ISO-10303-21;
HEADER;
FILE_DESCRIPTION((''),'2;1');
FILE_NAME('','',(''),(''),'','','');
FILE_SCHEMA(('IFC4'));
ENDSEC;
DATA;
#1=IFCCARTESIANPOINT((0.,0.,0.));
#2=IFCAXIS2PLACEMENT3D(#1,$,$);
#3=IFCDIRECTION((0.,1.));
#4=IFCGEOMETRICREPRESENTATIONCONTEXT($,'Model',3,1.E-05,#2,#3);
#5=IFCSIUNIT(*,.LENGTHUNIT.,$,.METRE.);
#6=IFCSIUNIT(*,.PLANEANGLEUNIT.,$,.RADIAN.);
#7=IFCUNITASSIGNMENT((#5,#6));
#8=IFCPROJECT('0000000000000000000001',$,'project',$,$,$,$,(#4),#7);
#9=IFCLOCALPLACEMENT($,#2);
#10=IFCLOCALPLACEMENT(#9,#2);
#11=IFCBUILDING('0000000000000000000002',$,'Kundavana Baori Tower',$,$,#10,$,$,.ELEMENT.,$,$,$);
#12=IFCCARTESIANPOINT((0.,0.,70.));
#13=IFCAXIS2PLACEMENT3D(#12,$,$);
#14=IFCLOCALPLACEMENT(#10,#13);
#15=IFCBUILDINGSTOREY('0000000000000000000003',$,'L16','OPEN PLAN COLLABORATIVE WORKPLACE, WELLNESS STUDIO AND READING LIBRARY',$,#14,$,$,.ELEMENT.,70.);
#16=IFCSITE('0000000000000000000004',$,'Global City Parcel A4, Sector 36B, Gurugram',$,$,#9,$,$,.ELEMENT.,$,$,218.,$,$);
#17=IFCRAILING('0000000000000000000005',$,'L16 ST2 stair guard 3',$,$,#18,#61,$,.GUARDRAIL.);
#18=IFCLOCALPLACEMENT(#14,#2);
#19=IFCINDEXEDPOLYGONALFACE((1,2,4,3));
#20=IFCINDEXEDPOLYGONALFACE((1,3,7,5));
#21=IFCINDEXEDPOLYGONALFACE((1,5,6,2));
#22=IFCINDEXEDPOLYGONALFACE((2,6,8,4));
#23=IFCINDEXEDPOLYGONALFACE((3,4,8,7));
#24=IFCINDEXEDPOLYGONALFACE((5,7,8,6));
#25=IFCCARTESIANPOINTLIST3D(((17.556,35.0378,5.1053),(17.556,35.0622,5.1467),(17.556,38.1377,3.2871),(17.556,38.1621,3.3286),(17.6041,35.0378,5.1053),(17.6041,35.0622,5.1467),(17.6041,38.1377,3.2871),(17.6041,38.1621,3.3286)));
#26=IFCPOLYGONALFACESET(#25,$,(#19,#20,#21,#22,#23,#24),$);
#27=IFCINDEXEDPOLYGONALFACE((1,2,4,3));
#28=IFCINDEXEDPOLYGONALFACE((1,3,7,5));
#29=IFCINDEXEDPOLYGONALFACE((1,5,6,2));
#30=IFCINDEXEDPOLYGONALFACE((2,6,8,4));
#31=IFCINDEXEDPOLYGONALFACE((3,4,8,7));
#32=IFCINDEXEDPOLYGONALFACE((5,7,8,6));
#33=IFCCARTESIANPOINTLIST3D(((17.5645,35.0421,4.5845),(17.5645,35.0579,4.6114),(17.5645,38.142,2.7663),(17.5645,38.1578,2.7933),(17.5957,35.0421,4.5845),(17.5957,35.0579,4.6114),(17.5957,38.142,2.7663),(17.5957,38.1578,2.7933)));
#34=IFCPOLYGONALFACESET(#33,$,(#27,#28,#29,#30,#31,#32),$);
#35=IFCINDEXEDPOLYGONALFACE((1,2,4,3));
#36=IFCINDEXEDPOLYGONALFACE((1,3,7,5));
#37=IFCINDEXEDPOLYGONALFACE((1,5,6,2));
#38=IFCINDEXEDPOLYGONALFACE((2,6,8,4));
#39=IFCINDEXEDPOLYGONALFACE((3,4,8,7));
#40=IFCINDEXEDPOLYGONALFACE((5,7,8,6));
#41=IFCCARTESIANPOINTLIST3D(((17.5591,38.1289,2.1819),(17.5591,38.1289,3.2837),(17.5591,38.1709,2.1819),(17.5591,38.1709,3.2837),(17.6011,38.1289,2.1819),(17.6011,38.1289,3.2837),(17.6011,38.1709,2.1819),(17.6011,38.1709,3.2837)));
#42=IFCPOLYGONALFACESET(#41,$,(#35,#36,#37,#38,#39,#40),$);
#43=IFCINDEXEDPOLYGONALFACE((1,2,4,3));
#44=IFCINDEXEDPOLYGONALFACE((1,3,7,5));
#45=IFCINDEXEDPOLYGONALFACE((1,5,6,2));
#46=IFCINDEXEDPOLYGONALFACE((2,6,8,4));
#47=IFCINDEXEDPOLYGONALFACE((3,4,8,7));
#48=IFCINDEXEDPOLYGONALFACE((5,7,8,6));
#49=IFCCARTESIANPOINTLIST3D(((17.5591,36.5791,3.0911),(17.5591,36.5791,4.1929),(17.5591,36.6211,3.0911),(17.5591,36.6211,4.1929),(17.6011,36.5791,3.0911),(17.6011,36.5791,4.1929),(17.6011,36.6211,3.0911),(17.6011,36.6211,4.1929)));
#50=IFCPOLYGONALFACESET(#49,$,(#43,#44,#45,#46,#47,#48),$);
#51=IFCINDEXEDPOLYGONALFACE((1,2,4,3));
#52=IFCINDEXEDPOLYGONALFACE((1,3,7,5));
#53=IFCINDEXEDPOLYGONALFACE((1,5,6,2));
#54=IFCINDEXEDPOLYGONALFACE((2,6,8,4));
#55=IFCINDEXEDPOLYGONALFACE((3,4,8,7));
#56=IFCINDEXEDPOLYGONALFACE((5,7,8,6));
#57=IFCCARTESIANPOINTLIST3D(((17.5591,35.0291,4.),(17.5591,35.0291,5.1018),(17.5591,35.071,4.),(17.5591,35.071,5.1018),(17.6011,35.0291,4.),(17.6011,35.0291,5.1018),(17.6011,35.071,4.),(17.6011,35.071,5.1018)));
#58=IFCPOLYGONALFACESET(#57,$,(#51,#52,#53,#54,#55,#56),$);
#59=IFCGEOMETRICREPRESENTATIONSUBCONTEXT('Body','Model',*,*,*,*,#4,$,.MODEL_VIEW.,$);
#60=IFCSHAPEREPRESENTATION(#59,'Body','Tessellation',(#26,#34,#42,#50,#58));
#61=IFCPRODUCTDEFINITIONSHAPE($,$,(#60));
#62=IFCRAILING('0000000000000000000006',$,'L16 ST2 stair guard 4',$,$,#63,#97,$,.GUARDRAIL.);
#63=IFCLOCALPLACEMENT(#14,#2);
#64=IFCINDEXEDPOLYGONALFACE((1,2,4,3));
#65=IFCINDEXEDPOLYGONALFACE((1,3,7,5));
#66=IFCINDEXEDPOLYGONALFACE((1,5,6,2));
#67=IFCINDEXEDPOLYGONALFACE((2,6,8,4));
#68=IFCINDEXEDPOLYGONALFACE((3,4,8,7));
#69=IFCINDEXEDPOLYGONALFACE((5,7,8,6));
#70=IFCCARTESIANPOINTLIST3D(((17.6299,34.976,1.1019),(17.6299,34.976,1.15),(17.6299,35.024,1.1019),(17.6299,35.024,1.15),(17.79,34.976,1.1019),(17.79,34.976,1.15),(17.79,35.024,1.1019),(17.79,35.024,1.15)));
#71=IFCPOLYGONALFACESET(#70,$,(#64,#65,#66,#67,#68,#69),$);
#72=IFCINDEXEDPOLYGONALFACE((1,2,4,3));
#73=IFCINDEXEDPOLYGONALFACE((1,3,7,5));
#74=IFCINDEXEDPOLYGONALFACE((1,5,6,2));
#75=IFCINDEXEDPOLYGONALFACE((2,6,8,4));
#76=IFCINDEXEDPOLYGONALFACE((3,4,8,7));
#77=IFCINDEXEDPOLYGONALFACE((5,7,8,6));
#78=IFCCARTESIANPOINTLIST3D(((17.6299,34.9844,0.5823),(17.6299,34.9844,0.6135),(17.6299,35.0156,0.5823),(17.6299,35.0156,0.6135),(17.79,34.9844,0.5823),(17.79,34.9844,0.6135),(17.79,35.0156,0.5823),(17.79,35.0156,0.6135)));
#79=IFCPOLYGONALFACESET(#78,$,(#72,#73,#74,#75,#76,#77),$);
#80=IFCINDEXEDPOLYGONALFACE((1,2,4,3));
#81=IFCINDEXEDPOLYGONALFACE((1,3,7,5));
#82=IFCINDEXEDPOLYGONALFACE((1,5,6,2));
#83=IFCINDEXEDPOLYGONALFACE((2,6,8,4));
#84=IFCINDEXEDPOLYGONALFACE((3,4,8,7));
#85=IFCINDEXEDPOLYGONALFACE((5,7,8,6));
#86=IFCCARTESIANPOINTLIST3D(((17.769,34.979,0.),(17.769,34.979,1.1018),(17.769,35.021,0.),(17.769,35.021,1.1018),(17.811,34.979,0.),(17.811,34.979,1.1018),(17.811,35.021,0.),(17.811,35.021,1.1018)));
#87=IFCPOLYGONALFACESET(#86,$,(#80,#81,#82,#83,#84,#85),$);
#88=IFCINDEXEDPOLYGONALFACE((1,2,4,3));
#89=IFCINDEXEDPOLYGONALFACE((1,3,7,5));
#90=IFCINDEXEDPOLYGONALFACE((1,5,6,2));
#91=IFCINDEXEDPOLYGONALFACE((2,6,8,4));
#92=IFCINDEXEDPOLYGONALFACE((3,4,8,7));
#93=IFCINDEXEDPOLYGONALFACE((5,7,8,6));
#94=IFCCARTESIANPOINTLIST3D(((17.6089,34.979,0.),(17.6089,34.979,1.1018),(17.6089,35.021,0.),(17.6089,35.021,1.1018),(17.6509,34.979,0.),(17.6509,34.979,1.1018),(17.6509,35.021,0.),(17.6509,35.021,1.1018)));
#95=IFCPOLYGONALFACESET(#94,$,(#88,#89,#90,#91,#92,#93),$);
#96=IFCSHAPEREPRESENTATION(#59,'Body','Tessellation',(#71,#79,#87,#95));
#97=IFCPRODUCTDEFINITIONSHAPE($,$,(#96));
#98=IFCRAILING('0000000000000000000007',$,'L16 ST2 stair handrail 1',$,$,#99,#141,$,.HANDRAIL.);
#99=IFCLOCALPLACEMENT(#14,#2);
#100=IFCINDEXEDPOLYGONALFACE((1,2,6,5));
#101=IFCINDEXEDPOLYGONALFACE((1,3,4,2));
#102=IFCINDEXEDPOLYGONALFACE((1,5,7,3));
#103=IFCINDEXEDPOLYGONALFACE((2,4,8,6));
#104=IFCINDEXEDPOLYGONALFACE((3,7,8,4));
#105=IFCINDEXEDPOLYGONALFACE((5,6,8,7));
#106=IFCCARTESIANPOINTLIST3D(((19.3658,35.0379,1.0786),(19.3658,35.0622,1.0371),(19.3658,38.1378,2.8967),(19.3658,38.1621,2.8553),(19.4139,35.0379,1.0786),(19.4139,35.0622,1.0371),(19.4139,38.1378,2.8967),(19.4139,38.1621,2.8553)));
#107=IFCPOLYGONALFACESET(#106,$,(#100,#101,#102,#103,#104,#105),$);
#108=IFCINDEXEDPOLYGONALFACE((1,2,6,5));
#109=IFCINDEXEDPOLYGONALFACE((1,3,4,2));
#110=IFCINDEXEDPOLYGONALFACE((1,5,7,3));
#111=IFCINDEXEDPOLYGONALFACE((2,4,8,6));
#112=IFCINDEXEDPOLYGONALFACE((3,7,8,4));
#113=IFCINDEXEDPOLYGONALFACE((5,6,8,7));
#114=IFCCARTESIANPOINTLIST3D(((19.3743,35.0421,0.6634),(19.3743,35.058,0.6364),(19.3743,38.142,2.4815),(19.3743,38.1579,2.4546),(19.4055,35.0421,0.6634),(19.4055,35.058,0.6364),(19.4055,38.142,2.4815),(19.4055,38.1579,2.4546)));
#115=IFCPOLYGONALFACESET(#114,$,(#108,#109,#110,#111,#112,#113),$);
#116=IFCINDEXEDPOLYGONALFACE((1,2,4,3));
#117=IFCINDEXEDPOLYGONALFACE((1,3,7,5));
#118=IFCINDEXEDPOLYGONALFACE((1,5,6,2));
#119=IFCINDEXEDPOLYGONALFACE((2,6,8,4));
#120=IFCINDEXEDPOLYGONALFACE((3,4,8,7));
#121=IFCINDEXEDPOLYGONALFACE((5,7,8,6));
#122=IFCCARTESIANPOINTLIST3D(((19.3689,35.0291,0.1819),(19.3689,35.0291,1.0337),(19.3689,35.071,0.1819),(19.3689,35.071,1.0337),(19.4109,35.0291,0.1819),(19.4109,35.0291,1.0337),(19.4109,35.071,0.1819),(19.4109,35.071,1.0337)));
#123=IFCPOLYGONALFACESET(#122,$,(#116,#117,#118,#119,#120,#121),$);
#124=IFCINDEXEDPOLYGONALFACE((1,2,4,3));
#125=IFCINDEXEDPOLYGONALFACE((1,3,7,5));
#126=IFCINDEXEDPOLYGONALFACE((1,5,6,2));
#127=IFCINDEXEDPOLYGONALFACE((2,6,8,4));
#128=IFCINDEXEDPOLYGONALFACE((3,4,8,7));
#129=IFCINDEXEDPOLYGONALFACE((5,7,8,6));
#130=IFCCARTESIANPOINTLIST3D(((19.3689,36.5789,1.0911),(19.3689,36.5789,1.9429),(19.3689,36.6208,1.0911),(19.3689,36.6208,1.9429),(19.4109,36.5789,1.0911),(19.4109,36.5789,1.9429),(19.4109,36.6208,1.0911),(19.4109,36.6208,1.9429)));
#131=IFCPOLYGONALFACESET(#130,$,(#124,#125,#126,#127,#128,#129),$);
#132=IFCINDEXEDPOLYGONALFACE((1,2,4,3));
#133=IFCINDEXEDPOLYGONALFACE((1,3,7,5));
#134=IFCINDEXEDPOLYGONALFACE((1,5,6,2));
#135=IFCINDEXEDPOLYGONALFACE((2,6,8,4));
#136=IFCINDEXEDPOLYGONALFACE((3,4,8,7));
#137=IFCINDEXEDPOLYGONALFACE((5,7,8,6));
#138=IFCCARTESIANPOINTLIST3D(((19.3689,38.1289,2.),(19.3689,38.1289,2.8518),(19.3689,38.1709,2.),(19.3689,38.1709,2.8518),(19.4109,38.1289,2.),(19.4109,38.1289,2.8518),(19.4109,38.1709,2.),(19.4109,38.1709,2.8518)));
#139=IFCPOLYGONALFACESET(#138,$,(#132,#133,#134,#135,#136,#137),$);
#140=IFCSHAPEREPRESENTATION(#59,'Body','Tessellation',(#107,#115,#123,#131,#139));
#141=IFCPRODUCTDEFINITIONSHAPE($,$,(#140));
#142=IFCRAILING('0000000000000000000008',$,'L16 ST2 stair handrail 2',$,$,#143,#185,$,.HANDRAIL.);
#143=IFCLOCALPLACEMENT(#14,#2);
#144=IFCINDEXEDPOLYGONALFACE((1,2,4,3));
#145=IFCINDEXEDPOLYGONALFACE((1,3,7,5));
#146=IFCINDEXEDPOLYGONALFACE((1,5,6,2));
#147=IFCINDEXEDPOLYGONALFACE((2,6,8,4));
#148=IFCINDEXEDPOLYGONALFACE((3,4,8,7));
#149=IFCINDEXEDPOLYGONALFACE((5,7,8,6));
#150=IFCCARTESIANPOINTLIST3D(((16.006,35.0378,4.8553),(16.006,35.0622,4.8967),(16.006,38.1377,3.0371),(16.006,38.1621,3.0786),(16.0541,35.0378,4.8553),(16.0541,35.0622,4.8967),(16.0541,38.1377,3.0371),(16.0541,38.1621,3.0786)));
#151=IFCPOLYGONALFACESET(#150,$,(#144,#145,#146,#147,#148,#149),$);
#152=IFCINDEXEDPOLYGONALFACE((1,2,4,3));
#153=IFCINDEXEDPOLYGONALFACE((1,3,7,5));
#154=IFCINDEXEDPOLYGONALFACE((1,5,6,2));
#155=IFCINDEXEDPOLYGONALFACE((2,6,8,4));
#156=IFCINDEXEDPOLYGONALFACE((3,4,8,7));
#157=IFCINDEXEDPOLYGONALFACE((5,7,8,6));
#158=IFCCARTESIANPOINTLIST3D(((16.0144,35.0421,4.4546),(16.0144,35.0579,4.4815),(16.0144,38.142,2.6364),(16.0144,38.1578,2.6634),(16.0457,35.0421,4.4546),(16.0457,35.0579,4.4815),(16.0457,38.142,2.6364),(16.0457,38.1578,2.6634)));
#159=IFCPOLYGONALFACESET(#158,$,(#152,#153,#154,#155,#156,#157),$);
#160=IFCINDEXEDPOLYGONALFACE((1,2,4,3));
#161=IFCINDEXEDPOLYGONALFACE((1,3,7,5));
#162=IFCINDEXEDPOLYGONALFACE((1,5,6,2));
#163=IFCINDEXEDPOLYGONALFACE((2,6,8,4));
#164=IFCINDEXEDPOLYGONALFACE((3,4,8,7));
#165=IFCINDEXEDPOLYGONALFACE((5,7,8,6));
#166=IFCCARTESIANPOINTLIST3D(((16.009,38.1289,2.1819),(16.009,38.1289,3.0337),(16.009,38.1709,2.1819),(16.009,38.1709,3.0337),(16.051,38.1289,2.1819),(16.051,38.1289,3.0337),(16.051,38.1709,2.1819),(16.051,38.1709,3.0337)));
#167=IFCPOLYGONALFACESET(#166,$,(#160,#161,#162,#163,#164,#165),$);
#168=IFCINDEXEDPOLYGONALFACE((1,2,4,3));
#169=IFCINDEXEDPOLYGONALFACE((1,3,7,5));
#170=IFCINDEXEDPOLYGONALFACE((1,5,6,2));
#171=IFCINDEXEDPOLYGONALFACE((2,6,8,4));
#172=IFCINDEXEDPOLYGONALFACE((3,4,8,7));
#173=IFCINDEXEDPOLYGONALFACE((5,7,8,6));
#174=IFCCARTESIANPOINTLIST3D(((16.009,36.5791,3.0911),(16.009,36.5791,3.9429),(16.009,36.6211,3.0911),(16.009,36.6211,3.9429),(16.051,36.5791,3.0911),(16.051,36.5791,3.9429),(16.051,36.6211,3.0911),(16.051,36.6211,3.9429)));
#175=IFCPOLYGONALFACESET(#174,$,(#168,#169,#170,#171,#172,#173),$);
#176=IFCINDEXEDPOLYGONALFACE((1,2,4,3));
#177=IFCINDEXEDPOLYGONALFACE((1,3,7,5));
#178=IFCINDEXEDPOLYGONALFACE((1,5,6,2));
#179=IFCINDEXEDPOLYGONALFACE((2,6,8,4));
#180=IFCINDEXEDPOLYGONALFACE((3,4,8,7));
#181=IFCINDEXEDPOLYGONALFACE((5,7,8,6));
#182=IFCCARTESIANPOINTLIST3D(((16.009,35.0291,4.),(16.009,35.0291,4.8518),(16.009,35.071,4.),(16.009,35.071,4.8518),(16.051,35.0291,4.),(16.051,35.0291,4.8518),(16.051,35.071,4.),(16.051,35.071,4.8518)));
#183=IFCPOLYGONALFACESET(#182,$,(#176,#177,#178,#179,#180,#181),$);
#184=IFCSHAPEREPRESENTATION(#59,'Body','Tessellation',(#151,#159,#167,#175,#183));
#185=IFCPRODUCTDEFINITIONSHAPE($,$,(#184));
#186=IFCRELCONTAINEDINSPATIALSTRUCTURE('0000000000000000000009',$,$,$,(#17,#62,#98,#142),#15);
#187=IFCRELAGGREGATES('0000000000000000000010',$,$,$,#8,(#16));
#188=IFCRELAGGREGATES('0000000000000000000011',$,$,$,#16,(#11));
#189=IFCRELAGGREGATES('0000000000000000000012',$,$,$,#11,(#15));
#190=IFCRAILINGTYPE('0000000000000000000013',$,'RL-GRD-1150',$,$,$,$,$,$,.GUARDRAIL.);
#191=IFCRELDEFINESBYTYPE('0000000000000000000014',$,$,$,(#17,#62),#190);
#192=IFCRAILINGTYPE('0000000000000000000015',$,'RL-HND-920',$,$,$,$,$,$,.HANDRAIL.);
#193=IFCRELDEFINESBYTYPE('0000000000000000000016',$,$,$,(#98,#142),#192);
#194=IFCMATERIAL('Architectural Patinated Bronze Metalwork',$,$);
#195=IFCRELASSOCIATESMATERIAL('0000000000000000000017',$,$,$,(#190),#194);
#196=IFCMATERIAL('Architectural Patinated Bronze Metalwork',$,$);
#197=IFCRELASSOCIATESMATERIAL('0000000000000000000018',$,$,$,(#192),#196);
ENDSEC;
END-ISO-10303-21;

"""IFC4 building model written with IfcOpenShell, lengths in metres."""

from ifc_helpers import new_model, si_unit, direction, frame, origin, origin_2d, place, context, subcontext, project, spatial, rectangle, extrude, material, type_object, element, save


model = new_model("IFC4")

# Units and contexts
model_context = context("Model", 3, precision=1e-05, world=origin(), true_north=direction((0.0, 1.0)))
body_context = subcontext(model_context, "Body", "Model", "MODEL_VIEW")
ifc_project = project(units=[si_unit("LENGTHUNIT", "METRE"), si_unit("PLANEANGLEUNIT", "RADIAN")], contexts=[model_context])

# Site, building, storey
site_placement = place(None, origin())
site = spatial("IfcSite", under=ifc_project, at=site_placement, Name="Global City Parcel A4, Sector 36B, Gurugram", CompositionType="ELEMENT", RefElevation=218.0)
building_placement = place(site_placement, origin())
building = spatial("IfcBuilding", under=site, at=building_placement, Name="Kundavana Baori Tower", CompositionType="ELEMENT")
storey_placement = place(building_placement, frame((0.0, 0.0, 70.0)))
storey = spatial("IfcBuildingStorey", under=building, at=storey_placement, Name="L16", Description="OPEN PLAN COLLABORATIVE WORKPLACE, WELLNESS STUDIO AND READING LIBRARY", CompositionType="ELEMENT", Elevation=70.0)

# Railings
ifc_material_1 = material(Name="Architectural Patinated Bronze Metalwork")
railing_type_1 = type_object("IfcRailingType", Name="RL-GRD-1150", PredefinedType="GUARDRAIL", material=ifc_material_1)
railing_1_placement = place(storey_placement, frame((17.5801, 38.1499, 2.1819)))
element("IfcRailing", 1, at=railing_1_placement, inside=storey, type_object=railing_type_1, Name="L16 ST2 stair guard 3", PredefinedType="GUARDRAIL", context=body_context, shape_type="SweptSolid", body=[
    extrude(rectangle(XDim=0.0481, YDim=0.0481, at=origin_2d()), frame((0.0, 0.0, 1.126), z_axis=(0.0, -0.862581, 0.505918), x_axis=(1.0, 0.0, 0.0)), (0.0, 0.0, 1.0), 3.5938),
    extrude(rectangle(XDim=0.0312, YDim=0.0312, at=origin_2d()), frame((0.0, 0.0, 0.5979), z_axis=(0.0, -0.862581, 0.505918), x_axis=(1.0, 0.0, 0.0)), (0.0, 0.0, 1.0), 3.5938),
    extrude(rectangle(XDim=0.042, YDim=0.042, at=origin_2d()), origin(), (0.0, 0.0, 1.0), 1.1018),
    extrude(rectangle(XDim=0.042, YDim=0.042, at=origin_2d()), frame((0.0, -1.5498, 0.9092)), (0.0, 0.0, 1.0), 1.1018),
    extrude(rectangle(XDim=0.042, YDim=0.042, at=origin_2d()), frame((0.0, -3.0999, 1.8181)), (0.0, 0.0, 1.0), 1.1018),
])
railing_2_placement = place(storey_placement, frame((17.79, 35.0, 0.0)))
element("IfcRailing", 2, at=railing_2_placement, inside=storey, type_object=railing_type_1, Name="L16 ST2 stair guard 4", PredefinedType="GUARDRAIL", context=body_context, shape_type="SweptSolid", body=[
    extrude(rectangle(XDim=0.0481, YDim=0.0481, at=origin_2d()), frame((0.0, 0.0, 1.126), z_axis=(-1.0, 0.0, 0.0), x_axis=(0.0, -1.0, 0.0)), (0.0, 0.0, 1.0), 0.1602),
    extrude(rectangle(XDim=0.0312, YDim=0.0312, at=origin_2d()), frame((0.0, 0.0, 0.5979), z_axis=(-1.0, 0.0, 0.0), x_axis=(0.0, -1.0, 0.0)), (0.0, 0.0, 1.0), 0.1602),
    extrude(rectangle(XDim=0.042, YDim=0.042, at=origin_2d()), origin(), (0.0, 0.0, 1.0), 1.1018),
    extrude(rectangle(XDim=0.042, YDim=0.042, at=origin_2d()), frame((-0.1602, 0.0, 0.0)), (0.0, 0.0, 1.0), 1.1018),
])
ifc_material_2 = material(Name="Architectural Patinated Bronze Metalwork")
railing_type_2 = type_object("IfcRailingType", Name="RL-HND-920", PredefinedType="HANDRAIL", material=ifc_material_2)
railing_3_placement = place(storey_placement, frame((19.3899, 35.05, 0.1819)))
element("IfcRailing", 3, at=railing_3_placement, inside=storey, type_object=railing_type_2, Name="L16 ST2 stair handrail 1", PredefinedType="HANDRAIL", context=body_context, shape_type="SweptSolid", body=[
    extrude(rectangle(XDim=0.0481, YDim=0.0481, at=origin_2d()), frame((0.0, 0.0, 0.876), z_axis=(0.0, 0.862581, 0.505918), x_axis=(-1.0, 0.0, 0.0)), (0.0, 0.0, 1.0), 3.5938),
    extrude(rectangle(XDim=0.0312, YDim=0.0312, at=origin_2d()), frame((0.0, 0.0, 0.468), z_axis=(0.0, 0.862581, 0.505918), x_axis=(-1.0, 0.0, 0.0)), (0.0, 0.0, 1.0), 3.5938),
    extrude(rectangle(XDim=0.042, YDim=0.042, at=origin_2d()), origin(), (0.0, 0.0, 1.0), 0.8518),
    extrude(rectangle(XDim=0.042, YDim=0.042, at=origin_2d()), frame((0.0, 1.5498, 0.9092)), (0.0, 0.0, 1.0), 0.8518),
    extrude(rectangle(XDim=0.042, YDim=0.042, at=origin_2d()), frame((0.0, 3.0999, 1.8181)), (0.0, 0.0, 1.0), 0.8518),
])
railing_4_placement = place(storey_placement, frame((16.03, 38.1499, 2.1819)))
element("IfcRailing", 4, at=railing_4_placement, inside=storey, type_object=railing_type_2, Name="L16 ST2 stair handrail 2", PredefinedType="HANDRAIL", context=body_context, shape_type="SweptSolid", body=[
    extrude(rectangle(XDim=0.0481, YDim=0.0481, at=origin_2d()), frame((0.0, 0.0, 0.876), z_axis=(0.0, -0.862581, 0.505918), x_axis=(1.0, 0.0, 0.0)), (0.0, 0.0, 1.0), 3.5938),
    extrude(rectangle(XDim=0.0312, YDim=0.0312, at=origin_2d()), frame((0.0, 0.0, 0.468), z_axis=(0.0, -0.862581, 0.505918), x_axis=(1.0, 0.0, 0.0)), (0.0, 0.0, 1.0), 3.5938),
    extrude(rectangle(XDim=0.042, YDim=0.042, at=origin_2d()), origin(), (0.0, 0.0, 1.0), 0.8518),
    extrude(rectangle(XDim=0.042, YDim=0.042, at=origin_2d()), frame((0.0, -1.5498, 0.9092)), (0.0, 0.0, 1.0), 0.8518),
    extrude(rectangle(XDim=0.042, YDim=0.042, at=origin_2d()), frame((0.0, -3.0999, 1.8181)), (0.0, 0.0, 1.0), 0.8518),
])

save(model, "model.ifc")
